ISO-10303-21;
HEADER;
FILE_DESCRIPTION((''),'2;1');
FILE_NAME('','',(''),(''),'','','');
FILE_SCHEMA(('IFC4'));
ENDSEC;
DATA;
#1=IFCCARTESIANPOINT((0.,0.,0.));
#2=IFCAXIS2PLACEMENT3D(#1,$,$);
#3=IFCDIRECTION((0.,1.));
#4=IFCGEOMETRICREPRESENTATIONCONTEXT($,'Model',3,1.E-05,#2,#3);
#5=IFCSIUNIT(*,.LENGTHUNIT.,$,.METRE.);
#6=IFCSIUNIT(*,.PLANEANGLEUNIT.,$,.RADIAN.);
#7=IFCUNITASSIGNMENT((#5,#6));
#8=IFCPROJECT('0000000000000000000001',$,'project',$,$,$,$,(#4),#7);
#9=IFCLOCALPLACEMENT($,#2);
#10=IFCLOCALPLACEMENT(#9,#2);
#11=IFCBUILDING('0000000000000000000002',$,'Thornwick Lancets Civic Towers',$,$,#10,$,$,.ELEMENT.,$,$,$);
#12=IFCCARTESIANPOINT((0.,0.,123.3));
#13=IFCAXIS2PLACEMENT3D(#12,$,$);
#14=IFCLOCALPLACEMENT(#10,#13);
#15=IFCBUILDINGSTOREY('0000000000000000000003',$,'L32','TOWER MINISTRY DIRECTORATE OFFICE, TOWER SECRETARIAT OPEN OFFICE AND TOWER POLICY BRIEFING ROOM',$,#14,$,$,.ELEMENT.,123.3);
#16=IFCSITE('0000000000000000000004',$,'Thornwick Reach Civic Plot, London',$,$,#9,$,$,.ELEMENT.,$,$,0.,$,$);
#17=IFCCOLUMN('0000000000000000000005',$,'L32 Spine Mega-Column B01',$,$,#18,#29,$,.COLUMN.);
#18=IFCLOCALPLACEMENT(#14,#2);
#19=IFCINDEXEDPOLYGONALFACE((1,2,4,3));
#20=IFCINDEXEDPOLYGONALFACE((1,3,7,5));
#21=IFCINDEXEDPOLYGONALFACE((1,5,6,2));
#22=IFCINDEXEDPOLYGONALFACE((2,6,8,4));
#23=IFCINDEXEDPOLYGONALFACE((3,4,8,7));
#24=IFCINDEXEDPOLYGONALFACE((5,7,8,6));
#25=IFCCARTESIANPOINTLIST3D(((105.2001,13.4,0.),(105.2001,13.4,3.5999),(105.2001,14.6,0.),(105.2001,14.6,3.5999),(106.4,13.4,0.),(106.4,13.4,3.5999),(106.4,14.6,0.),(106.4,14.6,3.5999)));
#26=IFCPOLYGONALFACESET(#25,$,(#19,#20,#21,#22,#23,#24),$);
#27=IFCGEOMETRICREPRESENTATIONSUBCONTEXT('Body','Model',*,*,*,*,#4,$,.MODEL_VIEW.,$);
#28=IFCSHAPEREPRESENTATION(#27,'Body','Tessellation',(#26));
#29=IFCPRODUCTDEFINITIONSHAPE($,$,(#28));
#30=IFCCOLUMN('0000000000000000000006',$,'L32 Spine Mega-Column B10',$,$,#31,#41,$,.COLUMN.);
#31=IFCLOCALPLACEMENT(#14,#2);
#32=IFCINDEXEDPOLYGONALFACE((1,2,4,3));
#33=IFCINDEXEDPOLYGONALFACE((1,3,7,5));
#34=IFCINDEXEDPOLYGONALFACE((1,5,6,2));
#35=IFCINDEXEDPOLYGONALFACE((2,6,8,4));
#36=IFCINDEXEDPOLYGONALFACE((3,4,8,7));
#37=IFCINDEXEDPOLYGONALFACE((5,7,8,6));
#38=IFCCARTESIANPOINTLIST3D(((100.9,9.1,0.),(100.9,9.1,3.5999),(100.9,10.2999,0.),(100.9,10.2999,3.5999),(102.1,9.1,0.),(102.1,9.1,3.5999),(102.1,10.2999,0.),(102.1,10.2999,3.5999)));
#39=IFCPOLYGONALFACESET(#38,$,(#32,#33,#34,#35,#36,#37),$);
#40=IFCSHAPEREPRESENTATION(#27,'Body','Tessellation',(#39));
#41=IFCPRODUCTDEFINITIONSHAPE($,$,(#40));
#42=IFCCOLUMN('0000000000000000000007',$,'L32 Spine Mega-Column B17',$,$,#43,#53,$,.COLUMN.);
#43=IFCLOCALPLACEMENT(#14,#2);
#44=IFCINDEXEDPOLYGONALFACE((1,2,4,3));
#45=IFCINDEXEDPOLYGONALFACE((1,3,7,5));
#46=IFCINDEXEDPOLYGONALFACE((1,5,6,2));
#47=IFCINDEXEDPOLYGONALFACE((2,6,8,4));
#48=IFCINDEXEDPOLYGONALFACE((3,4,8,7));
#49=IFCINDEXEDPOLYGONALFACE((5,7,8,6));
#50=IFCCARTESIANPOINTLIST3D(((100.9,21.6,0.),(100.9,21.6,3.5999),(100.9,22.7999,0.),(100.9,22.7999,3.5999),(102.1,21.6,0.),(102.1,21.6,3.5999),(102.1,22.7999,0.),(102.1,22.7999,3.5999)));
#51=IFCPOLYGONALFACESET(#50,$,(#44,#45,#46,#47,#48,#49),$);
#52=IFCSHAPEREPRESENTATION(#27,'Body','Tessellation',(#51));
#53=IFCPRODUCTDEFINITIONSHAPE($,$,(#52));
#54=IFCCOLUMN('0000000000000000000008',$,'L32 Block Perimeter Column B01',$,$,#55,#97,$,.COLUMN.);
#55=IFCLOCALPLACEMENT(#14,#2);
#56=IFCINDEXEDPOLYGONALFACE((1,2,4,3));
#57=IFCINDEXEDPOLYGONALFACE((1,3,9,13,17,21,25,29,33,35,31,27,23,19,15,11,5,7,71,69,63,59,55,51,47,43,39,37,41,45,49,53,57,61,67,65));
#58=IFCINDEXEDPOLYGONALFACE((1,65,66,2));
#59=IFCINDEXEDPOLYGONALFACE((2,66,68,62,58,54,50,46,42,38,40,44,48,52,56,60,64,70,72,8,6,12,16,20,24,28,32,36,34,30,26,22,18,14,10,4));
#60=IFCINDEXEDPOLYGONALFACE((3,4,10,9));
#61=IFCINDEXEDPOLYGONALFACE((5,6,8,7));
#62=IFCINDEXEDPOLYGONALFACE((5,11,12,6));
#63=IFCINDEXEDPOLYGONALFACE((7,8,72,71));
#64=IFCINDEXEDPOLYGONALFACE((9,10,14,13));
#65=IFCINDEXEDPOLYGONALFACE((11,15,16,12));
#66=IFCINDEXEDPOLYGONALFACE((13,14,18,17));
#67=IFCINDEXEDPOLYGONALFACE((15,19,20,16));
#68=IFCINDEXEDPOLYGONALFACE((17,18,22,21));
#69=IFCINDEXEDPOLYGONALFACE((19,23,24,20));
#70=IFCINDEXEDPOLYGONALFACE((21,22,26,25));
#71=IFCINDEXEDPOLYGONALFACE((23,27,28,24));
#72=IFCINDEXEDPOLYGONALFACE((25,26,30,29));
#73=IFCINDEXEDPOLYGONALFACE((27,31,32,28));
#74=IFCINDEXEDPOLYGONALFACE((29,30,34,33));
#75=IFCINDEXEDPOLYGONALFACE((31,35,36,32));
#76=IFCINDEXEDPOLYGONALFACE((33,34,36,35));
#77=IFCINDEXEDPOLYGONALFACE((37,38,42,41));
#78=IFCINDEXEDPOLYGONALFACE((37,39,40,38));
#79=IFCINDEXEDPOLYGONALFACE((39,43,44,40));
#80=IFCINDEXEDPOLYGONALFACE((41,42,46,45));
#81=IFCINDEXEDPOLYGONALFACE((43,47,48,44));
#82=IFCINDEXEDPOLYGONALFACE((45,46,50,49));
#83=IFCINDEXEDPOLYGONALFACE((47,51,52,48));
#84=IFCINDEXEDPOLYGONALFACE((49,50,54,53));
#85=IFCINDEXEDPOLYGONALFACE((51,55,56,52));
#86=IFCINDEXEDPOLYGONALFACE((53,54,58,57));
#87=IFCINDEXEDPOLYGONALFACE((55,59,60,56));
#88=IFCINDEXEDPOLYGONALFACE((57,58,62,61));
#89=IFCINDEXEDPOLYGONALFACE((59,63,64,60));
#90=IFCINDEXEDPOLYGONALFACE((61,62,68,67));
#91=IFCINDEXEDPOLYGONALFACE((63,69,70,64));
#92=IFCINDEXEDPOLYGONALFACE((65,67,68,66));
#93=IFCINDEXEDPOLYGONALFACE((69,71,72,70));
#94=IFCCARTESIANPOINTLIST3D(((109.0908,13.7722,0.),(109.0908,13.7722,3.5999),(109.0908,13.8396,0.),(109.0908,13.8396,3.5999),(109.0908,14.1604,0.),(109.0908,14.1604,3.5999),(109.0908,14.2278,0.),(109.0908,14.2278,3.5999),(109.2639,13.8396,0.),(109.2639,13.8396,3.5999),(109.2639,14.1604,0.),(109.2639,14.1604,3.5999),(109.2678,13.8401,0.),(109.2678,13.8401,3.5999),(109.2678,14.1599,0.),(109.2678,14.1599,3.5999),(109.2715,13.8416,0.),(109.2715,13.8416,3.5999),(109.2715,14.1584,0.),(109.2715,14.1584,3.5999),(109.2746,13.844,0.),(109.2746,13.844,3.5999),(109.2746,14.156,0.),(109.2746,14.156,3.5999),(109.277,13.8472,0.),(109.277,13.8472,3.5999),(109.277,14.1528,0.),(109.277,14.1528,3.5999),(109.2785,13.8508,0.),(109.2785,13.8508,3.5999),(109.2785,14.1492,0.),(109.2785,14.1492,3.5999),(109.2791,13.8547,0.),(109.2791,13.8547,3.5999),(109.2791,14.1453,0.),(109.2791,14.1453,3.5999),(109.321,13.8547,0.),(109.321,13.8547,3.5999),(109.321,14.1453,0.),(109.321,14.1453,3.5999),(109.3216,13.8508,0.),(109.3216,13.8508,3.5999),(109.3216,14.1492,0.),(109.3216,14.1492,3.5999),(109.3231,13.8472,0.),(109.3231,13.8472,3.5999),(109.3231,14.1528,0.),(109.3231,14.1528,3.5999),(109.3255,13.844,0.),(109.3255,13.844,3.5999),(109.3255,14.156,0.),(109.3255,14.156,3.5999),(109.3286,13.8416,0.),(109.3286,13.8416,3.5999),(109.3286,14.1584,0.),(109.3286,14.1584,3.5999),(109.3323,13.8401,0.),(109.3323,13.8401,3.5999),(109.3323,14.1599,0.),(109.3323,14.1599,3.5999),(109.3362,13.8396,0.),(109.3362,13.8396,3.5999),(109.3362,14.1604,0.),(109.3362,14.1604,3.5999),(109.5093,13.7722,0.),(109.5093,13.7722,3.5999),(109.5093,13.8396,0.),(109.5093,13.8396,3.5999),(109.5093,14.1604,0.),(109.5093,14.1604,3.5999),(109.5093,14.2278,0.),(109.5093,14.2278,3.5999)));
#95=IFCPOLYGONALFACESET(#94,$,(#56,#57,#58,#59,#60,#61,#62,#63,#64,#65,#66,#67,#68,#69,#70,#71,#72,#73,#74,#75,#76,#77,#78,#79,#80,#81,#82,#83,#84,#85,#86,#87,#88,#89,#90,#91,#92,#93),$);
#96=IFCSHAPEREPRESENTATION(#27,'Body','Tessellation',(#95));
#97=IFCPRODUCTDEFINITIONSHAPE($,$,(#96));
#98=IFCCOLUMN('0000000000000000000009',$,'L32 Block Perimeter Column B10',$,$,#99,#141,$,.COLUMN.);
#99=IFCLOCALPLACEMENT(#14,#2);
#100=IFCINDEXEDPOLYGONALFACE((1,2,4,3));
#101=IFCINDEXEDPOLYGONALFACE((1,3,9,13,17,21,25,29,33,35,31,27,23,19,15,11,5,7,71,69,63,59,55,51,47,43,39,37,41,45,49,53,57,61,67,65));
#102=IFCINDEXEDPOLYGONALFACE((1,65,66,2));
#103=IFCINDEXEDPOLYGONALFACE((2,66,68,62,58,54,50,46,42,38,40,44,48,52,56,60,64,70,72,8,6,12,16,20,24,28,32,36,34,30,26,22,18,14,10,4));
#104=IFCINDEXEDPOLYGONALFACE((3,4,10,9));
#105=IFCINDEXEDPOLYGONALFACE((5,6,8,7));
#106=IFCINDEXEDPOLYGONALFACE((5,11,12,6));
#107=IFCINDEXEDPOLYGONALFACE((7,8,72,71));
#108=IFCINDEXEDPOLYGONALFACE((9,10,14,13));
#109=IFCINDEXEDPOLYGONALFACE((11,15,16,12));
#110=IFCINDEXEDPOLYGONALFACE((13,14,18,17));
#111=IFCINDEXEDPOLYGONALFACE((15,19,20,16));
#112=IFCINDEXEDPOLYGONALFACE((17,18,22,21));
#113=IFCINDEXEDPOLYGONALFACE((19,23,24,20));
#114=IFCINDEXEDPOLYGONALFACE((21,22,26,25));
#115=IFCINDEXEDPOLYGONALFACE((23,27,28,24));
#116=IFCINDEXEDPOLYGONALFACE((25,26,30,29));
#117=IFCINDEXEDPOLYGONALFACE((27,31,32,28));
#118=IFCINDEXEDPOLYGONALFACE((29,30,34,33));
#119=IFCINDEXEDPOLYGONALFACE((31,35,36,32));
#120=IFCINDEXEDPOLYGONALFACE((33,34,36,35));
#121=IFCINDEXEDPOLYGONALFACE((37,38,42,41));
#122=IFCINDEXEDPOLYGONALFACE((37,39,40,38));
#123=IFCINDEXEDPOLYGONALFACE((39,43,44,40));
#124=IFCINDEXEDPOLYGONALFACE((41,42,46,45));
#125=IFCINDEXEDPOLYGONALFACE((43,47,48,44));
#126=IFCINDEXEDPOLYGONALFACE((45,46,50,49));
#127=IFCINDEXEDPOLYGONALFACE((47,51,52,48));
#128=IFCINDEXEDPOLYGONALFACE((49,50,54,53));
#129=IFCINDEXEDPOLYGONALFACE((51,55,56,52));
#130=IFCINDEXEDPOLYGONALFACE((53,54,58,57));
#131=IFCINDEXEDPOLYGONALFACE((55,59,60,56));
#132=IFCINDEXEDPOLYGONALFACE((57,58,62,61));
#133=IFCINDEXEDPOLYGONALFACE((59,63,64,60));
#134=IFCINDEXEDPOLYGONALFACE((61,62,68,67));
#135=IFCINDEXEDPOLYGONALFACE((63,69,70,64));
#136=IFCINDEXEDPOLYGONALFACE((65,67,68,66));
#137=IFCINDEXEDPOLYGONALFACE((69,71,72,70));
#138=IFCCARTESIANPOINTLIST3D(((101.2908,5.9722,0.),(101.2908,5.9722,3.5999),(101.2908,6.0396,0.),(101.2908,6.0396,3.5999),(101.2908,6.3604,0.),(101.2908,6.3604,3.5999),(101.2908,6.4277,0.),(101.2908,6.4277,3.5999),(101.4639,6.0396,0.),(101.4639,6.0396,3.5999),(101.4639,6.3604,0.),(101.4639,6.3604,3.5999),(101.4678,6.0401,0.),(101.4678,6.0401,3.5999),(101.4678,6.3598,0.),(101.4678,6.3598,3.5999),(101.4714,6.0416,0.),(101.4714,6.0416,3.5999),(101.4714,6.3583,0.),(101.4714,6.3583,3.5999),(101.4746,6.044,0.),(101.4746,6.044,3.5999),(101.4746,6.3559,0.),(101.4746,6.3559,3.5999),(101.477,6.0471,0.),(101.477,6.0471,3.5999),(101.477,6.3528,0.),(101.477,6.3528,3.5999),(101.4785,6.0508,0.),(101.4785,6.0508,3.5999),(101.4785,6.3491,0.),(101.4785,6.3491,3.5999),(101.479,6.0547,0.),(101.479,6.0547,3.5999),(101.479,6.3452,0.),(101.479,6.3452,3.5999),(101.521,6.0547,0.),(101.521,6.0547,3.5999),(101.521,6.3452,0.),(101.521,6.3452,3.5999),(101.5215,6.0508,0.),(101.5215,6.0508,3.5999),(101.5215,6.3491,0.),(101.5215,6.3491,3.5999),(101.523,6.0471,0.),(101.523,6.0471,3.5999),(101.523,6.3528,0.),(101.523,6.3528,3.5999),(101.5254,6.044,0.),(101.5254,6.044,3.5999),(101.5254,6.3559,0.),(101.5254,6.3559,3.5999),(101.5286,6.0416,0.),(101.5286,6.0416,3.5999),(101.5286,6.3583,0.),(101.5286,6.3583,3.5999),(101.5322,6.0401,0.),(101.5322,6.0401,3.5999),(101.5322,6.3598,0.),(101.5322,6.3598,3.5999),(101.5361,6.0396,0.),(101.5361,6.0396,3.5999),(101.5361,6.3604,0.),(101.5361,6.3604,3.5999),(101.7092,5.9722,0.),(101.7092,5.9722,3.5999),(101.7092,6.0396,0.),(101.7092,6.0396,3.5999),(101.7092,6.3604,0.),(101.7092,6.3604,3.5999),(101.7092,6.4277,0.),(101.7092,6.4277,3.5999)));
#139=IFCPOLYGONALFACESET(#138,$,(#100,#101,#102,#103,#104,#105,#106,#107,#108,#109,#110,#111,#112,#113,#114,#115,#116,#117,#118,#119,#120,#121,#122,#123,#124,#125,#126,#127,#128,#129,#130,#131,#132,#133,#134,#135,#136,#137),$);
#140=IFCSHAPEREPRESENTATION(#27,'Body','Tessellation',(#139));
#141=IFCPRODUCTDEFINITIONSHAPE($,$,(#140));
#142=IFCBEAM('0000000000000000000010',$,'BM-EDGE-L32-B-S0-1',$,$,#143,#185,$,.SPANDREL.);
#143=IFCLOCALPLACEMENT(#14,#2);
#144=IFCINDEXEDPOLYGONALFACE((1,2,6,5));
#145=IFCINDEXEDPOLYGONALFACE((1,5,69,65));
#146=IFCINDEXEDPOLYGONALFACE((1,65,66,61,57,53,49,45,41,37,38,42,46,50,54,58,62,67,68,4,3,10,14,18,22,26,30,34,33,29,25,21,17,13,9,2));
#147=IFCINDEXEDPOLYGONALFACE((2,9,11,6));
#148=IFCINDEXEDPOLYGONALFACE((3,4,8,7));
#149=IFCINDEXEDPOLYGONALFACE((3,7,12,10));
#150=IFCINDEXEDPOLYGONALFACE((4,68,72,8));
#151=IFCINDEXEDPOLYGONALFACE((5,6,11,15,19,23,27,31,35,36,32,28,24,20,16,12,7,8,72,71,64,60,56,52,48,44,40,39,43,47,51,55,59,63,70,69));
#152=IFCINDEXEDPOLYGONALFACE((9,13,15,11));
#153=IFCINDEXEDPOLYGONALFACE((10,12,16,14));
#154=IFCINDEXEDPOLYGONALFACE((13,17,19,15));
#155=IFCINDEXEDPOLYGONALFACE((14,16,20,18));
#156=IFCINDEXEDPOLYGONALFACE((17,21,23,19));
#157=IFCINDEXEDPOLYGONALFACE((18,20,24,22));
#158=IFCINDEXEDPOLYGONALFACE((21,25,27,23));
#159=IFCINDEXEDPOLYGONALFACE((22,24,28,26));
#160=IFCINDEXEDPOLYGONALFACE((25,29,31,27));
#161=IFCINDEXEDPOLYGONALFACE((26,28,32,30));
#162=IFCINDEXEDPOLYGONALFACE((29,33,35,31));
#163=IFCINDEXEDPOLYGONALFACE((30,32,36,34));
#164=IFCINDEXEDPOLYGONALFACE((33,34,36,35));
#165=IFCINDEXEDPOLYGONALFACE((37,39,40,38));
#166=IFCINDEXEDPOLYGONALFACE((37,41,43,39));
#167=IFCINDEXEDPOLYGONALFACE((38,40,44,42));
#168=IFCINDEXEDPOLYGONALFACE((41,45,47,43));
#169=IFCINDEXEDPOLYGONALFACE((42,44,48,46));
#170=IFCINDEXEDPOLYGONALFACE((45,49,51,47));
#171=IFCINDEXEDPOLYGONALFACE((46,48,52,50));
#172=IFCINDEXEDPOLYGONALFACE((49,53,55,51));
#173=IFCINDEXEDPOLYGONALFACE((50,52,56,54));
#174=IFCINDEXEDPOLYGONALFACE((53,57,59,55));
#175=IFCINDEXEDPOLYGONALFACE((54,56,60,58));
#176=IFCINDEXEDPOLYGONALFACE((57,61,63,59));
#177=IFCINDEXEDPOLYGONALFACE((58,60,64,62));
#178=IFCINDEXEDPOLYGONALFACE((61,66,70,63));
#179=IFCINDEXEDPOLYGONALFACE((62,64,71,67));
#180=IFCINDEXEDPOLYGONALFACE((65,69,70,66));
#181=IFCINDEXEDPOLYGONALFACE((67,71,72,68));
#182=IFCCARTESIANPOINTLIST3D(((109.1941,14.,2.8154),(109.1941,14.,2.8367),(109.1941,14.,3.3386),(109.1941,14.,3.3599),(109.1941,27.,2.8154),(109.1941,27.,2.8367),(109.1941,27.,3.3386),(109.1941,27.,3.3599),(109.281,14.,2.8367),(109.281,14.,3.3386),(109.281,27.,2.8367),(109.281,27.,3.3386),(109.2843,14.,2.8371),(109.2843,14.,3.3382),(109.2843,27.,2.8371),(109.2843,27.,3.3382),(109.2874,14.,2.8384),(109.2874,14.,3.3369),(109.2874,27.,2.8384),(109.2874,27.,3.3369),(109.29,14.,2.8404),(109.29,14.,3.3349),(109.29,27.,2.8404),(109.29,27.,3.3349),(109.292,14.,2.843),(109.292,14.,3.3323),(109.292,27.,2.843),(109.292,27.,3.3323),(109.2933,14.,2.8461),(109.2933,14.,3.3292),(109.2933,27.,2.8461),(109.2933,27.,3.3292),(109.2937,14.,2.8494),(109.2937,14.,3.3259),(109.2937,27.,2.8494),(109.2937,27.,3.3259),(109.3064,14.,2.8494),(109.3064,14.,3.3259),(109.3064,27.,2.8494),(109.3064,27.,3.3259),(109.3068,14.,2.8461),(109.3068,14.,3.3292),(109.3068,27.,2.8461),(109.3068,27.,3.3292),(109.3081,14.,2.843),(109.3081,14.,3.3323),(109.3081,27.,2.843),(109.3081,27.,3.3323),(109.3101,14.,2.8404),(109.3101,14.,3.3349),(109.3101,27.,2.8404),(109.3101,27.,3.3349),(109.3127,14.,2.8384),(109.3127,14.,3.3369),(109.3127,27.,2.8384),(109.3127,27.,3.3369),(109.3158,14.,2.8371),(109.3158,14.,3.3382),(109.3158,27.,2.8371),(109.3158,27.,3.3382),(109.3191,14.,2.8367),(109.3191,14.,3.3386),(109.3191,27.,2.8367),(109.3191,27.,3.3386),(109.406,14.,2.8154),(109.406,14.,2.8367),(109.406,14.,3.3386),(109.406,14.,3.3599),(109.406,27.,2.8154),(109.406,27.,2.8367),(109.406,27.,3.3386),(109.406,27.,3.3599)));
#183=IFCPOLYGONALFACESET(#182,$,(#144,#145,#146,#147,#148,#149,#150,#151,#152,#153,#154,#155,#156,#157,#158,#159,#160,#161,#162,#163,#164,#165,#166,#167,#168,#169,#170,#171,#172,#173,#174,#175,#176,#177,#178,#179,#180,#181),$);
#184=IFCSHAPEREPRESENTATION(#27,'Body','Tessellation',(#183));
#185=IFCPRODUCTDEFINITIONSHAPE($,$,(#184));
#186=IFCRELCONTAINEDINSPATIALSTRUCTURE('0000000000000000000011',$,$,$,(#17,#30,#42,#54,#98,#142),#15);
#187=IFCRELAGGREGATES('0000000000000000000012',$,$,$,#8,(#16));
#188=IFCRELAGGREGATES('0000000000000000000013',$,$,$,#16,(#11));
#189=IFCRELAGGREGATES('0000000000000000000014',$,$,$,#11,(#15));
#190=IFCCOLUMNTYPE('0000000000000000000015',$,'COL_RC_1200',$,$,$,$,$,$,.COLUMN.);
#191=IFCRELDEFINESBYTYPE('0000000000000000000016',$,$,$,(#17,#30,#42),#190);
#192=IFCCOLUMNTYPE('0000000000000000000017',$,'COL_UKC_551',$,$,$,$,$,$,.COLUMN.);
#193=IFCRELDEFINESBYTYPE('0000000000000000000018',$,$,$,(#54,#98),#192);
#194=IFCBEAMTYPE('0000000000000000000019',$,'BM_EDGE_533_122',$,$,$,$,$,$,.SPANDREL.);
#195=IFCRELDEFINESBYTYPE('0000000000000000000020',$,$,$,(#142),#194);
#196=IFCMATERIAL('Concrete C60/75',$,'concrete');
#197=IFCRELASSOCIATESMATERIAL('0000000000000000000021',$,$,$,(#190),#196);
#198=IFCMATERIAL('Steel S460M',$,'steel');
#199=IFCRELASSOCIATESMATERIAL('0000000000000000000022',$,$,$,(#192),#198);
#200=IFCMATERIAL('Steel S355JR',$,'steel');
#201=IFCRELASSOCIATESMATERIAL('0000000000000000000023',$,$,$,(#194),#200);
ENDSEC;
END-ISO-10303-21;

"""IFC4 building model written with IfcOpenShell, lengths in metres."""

from ifc_helpers import new_model, si_unit, direction, frame, origin, origin_2d, place, context, subcontext, project, spatial, rectangle, i_section, extrude, material, material_profile, profile_set, type_object, element, save


model = new_model("IFC4")

# Units and contexts
model_context = context("Model", 3, precision=1e-05, world=origin(), true_north=direction((0.0, 1.0)))
body_context = subcontext(model_context, "Body", "Model", "MODEL_VIEW")
ifc_project = project(units=[si_unit("LENGTHUNIT", "METRE"), si_unit("PLANEANGLEUNIT", "RADIAN")], contexts=[model_context])

# Site, building, storey
site_placement = place(None, origin())
site = spatial("IfcSite", under=ifc_project, at=site_placement, Name="Thornwick Reach Civic Plot, London", CompositionType="ELEMENT", RefElevation=0.0)
building_placement = place(site_placement, origin())
building = spatial("IfcBuilding", under=site, at=building_placement, Name="Thornwick Lancets Civic Towers", CompositionType="ELEMENT")
storey_placement = place(building_placement, frame((0.0, 0.0, 123.3)))
storey = spatial("IfcBuildingStorey", under=building, at=storey_placement, Name="L32", Description="TOWER MINISTRY DIRECTORATE OFFICE, TOWER SECRETARIAT OPEN OFFICE AND TOWER POLICY BRIEFING ROOM", CompositionType="ELEMENT", Elevation=123.3)

# Columns
ifc_material_1 = material(Name="Concrete C60/75", Category="concrete")
ifc_material_profile_1 = material_profile(ifc_material_1, rectangle(XDim=1.2, YDim=1.2, at=origin_2d()), Name="RC 1200x1200")
ifc_profile_set_1 = profile_set([ifc_material_profile_1], Name="Concrete C60/75")
column_type_1 = type_object("IfcColumnType", Name="COL_RC_1200", PredefinedType="COLUMN", material=ifc_profile_set_1)
for number, where, z_axis, x_axis, name in (
    (1, (105.8, 14.0, 0.0), (0.0, 0.0, 1.0), (1.0, 0.0, 0.0), "L32 Spine Mega-Column B01"),
    (2, (101.5, 9.7, 0.0), (0.0, 0.0, 1.0), (1.0, 0.0, 0.0), "L32 Spine Mega-Column B10"),
    (3, (101.5, 22.2, 0.0), (0.0, 0.0, 1.0), (1.0, 0.0, 0.0), "L32 Spine Mega-Column B17"),
):
    element("IfcColumn", number, at=place(storey_placement, frame(where, z_axis=z_axis, x_axis=x_axis)), inside=storey, type_object=column_type_1, Name=name, PredefinedType="COLUMN", context=body_context, shape_type="SweptSolid", body=[
        extrude(rectangle(XDim=1.2, YDim=1.2, at=origin_2d()), origin(), (0.0, 0.0, 1.0), 3.5999),
    ])
ifc_material_2 = material(Name="Steel S460M", Category="steel")
ifc_material_profile_2 = material_profile(ifc_material_2, i_section(OverallWidth=0.4185, OverallDepth=0.4556, WebThickness=0.042, FlangeThickness=0.0674, FilletRadius=0.0151, at=origin_2d()), Name="UKC 356x406x551")
ifc_profile_set_2 = profile_set([ifc_material_profile_2], Name="Steel S460M")
column_type_2 = type_object("IfcColumnType", Name="COL_UKC_551", PredefinedType="COLUMN", material=ifc_profile_set_2)
for number, where, z_axis, x_axis, name in (
    (4, (109.3, 14.0, 0.0), (0.0, 0.0, 1.0), (1.0, 0.0, 0.0), "L32 Block Perimeter Column B01"),
    (5, (101.5, 6.2, 0.0), (0.0, 0.0, 1.0), (1.0, 0.0, 0.0), "L32 Block Perimeter Column B10"),
):
    element("IfcColumn", number, at=place(storey_placement, frame(where, z_axis=z_axis, x_axis=x_axis)), inside=storey, type_object=column_type_2, Name=name, PredefinedType="COLUMN", context=body_context, shape_type="SweptSolid", body=[
        extrude(i_section(OverallWidth=0.4185, OverallDepth=0.4556, WebThickness=0.042, FlangeThickness=0.0674, FilletRadius=0.0151, at=origin_2d()), origin(), (0.0, 0.0, 1.0), 3.5999),
    ])

# Beam
ifc_material_3 = material(Name="Steel S355JR", Category="steel")
ifc_material_profile_3 = material_profile(ifc_material_3, i_section(OverallWidth=0.2119, OverallDepth=0.5444, WebThickness=0.0127, FlangeThickness=0.0212, FilletRadius=0.0127, at=origin_2d()), Name="UKB 533x210x122")
ifc_profile_set_3 = profile_set([ifc_material_profile_3], Name="Steel S355JR")
beam_type_1 = type_object("IfcBeamType", Name="BM_EDGE_533_122", PredefinedType="SPANDREL", material=ifc_profile_set_3)
for number, where, z_axis, x_axis, name in (
    (6, (109.3, 14.0, 3.0876), (0.0, 1.0, 0.0), (-1.0, 0.0, 0.0), "BM-EDGE-L32-B-S0-1"),
):
    element("IfcBeam", number, at=place(storey_placement, frame(where, z_axis=z_axis, x_axis=x_axis)), inside=storey, type_object=beam_type_1, Name=name, PredefinedType="SPANDREL", context=body_context, shape_type="SweptSolid", body=[
        extrude(i_section(OverallWidth=0.2119, OverallDepth=0.5444, WebThickness=0.0127, FlangeThickness=0.0212, FilletRadius=0.0127, at=origin_2d()), origin(), (0.0, 0.0, 1.0), 13.0),
    ])

save(model, "model.ifc")
